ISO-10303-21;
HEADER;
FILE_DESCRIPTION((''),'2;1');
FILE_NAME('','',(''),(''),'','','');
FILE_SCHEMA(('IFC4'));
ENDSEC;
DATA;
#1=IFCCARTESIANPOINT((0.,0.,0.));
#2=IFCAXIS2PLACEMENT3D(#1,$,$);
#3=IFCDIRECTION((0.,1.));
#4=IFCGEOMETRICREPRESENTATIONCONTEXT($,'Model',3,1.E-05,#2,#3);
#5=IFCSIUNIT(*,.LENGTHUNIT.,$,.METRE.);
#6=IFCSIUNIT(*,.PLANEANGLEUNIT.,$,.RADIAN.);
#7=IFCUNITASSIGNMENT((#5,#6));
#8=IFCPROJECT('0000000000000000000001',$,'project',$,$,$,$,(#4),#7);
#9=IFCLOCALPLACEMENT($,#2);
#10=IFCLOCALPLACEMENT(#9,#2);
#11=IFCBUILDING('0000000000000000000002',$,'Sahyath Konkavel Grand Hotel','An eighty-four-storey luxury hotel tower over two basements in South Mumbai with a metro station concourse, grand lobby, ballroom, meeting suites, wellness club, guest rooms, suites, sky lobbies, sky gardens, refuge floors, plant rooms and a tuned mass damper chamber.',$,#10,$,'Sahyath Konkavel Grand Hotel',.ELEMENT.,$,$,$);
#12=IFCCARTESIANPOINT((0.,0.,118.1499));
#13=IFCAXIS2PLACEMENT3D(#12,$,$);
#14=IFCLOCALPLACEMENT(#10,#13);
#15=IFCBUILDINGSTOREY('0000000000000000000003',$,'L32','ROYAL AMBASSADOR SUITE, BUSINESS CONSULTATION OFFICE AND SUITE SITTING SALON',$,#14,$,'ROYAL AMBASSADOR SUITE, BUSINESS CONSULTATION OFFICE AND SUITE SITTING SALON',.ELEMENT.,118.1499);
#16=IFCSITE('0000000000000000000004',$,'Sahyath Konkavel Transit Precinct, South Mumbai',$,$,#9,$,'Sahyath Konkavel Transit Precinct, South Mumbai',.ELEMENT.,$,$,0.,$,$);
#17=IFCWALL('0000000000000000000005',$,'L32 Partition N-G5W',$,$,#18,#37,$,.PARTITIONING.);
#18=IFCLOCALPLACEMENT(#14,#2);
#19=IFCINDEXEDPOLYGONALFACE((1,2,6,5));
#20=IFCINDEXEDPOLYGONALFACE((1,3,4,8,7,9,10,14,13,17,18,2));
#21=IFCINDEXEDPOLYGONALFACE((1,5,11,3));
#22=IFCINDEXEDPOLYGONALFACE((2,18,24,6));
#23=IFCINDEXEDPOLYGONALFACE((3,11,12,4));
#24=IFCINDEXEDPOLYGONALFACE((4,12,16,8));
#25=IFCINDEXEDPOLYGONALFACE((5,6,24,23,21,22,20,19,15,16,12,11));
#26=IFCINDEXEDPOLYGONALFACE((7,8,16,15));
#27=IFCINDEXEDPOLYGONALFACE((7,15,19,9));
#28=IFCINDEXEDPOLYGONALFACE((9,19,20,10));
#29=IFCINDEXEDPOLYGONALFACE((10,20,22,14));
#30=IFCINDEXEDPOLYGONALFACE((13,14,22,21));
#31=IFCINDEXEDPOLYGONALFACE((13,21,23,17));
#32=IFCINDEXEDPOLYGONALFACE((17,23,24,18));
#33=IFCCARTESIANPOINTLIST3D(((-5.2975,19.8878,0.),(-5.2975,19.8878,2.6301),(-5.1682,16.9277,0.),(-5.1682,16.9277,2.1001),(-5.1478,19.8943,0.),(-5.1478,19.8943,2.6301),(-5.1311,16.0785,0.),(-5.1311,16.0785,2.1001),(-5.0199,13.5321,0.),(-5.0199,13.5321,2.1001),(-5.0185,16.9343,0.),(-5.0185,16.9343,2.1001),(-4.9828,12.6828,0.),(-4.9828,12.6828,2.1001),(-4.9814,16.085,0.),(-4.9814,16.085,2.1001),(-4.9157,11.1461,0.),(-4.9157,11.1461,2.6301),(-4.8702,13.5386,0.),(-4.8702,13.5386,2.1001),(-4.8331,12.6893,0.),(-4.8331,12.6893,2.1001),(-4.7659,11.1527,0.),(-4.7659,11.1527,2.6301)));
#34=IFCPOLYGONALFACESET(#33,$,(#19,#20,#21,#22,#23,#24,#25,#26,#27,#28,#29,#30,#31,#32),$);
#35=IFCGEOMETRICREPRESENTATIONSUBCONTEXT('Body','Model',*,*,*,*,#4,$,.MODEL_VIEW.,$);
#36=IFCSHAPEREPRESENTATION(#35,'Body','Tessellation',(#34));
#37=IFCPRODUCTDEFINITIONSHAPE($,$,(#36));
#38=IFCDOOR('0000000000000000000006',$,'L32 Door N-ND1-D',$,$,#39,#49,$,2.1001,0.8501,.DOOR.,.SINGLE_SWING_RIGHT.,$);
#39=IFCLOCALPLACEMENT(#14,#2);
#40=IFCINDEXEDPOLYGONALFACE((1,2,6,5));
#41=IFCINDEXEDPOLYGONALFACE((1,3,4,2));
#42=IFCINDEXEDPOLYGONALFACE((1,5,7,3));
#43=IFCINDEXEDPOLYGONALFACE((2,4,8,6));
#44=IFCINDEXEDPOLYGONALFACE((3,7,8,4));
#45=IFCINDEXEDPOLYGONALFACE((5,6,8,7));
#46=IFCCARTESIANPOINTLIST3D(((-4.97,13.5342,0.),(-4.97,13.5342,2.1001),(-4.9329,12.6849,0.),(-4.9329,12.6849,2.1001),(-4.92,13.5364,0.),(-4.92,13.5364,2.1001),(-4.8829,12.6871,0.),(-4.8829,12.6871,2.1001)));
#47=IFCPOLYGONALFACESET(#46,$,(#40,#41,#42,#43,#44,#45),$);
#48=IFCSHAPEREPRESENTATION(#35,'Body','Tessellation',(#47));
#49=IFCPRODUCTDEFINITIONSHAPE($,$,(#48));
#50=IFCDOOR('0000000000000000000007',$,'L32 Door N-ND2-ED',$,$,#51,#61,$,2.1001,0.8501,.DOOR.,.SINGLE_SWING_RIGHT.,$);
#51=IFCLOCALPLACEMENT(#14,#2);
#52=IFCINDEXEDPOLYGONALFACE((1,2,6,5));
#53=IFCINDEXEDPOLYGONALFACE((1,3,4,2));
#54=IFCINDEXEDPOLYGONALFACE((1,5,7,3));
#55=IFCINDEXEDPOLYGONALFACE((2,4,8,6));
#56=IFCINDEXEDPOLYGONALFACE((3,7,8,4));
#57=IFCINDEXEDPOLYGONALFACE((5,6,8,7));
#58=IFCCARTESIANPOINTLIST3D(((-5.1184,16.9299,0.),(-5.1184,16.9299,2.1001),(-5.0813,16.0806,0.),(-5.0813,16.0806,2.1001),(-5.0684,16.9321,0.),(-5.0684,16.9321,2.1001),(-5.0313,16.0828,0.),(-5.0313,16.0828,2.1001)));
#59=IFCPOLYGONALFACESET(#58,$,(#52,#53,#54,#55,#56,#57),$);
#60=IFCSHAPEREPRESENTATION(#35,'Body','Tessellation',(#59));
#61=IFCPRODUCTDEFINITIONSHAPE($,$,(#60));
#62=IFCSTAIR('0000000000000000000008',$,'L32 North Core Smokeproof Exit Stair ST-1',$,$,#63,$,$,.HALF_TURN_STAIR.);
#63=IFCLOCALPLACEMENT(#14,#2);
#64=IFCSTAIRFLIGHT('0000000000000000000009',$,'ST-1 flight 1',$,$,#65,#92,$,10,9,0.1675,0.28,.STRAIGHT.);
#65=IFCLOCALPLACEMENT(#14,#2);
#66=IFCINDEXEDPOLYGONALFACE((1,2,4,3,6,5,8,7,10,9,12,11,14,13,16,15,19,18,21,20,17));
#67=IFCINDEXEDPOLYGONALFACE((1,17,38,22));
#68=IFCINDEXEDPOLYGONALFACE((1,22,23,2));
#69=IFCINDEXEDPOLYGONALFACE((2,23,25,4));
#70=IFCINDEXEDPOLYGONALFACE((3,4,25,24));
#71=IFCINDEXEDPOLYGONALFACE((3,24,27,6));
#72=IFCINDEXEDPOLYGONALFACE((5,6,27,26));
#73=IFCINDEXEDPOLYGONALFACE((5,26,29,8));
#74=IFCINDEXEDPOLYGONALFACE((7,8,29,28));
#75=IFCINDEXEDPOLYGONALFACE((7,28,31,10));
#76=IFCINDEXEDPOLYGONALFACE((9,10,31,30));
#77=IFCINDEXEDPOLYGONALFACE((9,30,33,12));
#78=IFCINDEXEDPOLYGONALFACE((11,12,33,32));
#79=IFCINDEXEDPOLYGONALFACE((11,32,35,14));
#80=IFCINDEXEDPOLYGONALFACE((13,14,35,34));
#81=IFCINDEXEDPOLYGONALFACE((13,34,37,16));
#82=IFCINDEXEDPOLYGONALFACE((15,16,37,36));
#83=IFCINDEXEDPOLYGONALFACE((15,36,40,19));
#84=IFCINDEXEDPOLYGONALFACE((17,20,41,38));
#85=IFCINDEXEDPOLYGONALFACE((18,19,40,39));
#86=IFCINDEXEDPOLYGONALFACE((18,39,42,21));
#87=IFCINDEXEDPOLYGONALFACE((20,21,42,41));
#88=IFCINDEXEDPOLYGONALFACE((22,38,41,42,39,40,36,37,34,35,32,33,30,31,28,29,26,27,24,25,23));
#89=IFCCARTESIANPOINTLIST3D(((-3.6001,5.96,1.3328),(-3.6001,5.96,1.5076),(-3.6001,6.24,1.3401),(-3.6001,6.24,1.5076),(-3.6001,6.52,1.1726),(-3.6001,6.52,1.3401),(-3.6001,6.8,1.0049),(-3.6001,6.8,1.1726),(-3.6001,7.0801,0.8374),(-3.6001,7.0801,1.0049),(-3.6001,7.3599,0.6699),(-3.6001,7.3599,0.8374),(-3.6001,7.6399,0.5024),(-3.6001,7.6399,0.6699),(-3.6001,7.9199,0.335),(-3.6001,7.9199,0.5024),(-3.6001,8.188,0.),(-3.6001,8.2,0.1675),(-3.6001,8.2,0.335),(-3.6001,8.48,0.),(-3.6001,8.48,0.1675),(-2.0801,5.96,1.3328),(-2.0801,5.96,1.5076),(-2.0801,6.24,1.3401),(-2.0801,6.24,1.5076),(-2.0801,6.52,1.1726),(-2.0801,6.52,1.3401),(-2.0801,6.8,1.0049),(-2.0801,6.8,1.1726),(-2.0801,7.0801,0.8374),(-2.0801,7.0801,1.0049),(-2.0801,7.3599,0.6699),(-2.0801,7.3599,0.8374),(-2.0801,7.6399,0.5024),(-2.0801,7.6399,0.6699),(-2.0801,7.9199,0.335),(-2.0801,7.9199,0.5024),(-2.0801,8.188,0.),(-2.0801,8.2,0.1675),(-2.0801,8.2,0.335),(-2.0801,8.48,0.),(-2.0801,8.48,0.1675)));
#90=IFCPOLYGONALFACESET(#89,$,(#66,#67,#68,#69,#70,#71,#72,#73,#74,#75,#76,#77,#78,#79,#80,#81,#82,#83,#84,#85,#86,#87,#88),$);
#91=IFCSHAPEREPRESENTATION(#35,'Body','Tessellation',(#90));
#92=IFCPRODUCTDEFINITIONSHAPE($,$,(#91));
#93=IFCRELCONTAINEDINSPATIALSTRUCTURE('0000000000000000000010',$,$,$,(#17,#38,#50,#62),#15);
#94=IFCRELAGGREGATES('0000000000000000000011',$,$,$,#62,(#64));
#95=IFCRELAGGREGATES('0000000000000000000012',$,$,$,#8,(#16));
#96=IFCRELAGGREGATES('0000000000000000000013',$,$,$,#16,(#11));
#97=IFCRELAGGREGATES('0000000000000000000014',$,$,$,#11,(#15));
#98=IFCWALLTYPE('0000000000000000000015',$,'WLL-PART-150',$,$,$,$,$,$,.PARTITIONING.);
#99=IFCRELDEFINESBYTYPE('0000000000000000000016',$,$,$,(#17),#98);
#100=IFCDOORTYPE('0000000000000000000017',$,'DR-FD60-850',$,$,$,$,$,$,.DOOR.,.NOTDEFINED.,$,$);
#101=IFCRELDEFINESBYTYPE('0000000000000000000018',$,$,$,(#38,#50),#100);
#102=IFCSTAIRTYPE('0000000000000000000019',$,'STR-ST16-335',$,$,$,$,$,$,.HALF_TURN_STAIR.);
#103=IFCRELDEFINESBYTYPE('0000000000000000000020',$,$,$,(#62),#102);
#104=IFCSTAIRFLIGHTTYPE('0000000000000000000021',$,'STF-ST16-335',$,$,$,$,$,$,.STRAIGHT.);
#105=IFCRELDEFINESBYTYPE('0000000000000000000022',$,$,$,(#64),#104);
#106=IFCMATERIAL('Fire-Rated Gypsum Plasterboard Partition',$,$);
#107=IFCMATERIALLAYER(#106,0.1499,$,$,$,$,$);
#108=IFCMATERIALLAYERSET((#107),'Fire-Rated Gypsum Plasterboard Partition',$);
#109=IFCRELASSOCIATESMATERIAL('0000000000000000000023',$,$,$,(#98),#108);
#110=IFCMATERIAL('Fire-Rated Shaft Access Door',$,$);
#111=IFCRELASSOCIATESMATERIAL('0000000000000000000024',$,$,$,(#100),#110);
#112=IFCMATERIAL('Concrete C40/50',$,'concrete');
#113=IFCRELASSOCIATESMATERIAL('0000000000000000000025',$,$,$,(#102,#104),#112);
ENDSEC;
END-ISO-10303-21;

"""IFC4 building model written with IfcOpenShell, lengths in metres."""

from ifc_helpers import new_model, si_unit, direction, frame, frame_2d, origin, origin_2d, place, context, subcontext, project, spatial, polyline, rectangle, outline, extrude, source, transform, mapped, material, layer, layer_set, type_object, element, fill, aggregate, save


model = new_model("IFC4")

# Units and contexts
model_context = context("Model", 3, precision=1e-05, world=origin(), true_north=direction((0.0, 1.0)))
body_context = subcontext(model_context, "Body", "Model", "MODEL_VIEW")
ifc_project = project(units=[si_unit("LENGTHUNIT", "METRE"), si_unit("PLANEANGLEUNIT", "RADIAN")], contexts=[model_context])

# Site, building, storey
site_placement = place(None, origin())
site = spatial("IfcSite", under=ifc_project, at=site_placement, Name="Sahyath Konkavel Transit Precinct, South Mumbai", LongName="Sahyath Konkavel Transit Precinct, South Mumbai", CompositionType="ELEMENT", RefElevation=0.0)
building_placement = place(site_placement, origin())
building = spatial("IfcBuilding", under=site, at=building_placement, Name="Sahyath Konkavel Grand Hotel", Description="An eighty-four-storey luxury hotel tower over two basements in South Mumbai with a metro station concourse, grand lobby, ballroom, meeting suites, wellness club, guest rooms, suites, sky lobbies, sky gardens, refuge floors, plant rooms and a tuned mass damper chamber.", LongName="Sahyath Konkavel Grand Hotel", CompositionType="ELEMENT")
storey_placement = place(building_placement, frame((0.0, 0.0, 118.1499)))
storey = spatial("IfcBuildingStorey", under=building, at=storey_placement, Name="L32", Description="ROYAL AMBASSADOR SUITE, BUSINESS CONSULTATION OFFICE AND SUITE SITTING SALON", LongName="ROYAL AMBASSADOR SUITE, BUSINESS CONSULTATION OFFICE AND SUITE SITTING SALON", CompositionType="ELEMENT", Elevation=118.1499)

# Wall, openings, doors
ifc_material_1 = material(Name="Fire-Rated Gypsum Plasterboard Partition")
ifc_layer_1 = layer(ifc_material_1, 0.1499)
ifc_layer_set_1 = layer_set([ifc_layer_1], Name="Fire-Rated Gypsum Plasterboard Partition")
wall_type_1 = type_object("IfcWallType", Name="WLL-PART-150", PredefinedType="PARTITIONING", material=ifc_layer_set_1)
wall_1_placement = place(storey_placement, frame((-4.8408, 11.1494, 0.0), z_axis=(0.0, 0.0, 1.0), x_axis=(-0.043638, 0.999047, 0.0)))
wall_1 = element("IfcWall", 1, at=wall_1_placement, inside=storey, type_object=wall_type_1, Name="L32 Partition N-G5W", PredefinedType="PARTITIONING", context=body_context, shape_type="SweptSolid", body=[
    extrude(rectangle(XDim=8.75, YDim=0.1499, at=frame_2d((4.375, 0.0))), origin(), (0.0, 0.0, 1.0), 2.6301),
])
opening_1_placement = place(wall_1_placement, frame((1.5381, 0.0, 0.0)))
opening_1 = element("IfcOpeningElement", 2, at=opening_1_placement, cuts=wall_1, PredefinedType="OPENING", context=body_context, shape_type="SweptSolid", body=[
    extrude(rectangle(XDim=0.8501, YDim=2.1001, at=frame_2d((0.425, 1.05))), frame((0.0, 0.085, 0.0), z_axis=(0.0, -1.0, 0.0), x_axis=(1.0, 0.0, 0.0)), (0.0, 0.0, 1.0), 0.1699),
])
opening_2_placement = place(wall_1_placement, frame((4.937, 0.0, 0.0)))
opening_2 = element("IfcOpeningElement", 3, at=opening_2_placement, cuts=wall_1, PredefinedType="OPENING", context=body_context, shape_type="SweptSolid", body=[
    extrude(rectangle(XDim=0.8501, YDim=2.1001, at=frame_2d((0.425, 1.05))), frame((0.0, 0.085, 0.0), z_axis=(0.0, -1.0, 0.0), x_axis=(1.0, 0.0, 0.0)), (0.0, 0.0, 1.0), 0.1699),
])
ifc_material_2 = material(Name="Fire-Rated Shaft Access Door")
door_type_1 = type_object("IfcDoorType", Name="DR-FD60-850", OperationType="NOTDEFINED", PredefinedType="DOOR", material=ifc_material_2)
shared_shape_1 = source(origin(), body_context, "Body", "SweptSolid", [
    extrude(rectangle(XDim=0.8501, YDim=0.05, at=origin_2d()), origin(), (0.0, 0.0, 1.0), 2.1001),
])
door_1_placement = place(opening_1_placement, frame((0.425, 0.0, 0.0)))
door_1 = element("IfcDoor", 4, at=door_1_placement, inside=storey, type_object=door_type_1, Name="L32 Door N-ND1-D", OperationType="SINGLE_SWING_RIGHT", OverallHeight=2.1001, OverallWidth=0.8501, PredefinedType="DOOR", context=body_context, shape_type="MappedRepresentation", body=[
    mapped(shared_shape_1, transform((0.0, 0.0, 0.0), scale=1.0)),
])
fill(opening_1, door_1)
door_2_placement = place(opening_2_placement, frame((0.425, 0.0, 0.0)))
door_2 = element("IfcDoor", 5, at=door_2_placement, inside=storey, type_object=door_type_1, Name="L32 Door N-ND2-ED", OperationType="SINGLE_SWING_RIGHT", OverallHeight=2.1001, OverallWidth=0.8501, PredefinedType="DOOR", context=body_context, shape_type="MappedRepresentation", body=[
    mapped(shared_shape_1, transform((0.0, 0.0, 0.0), scale=1.0)),
])
fill(opening_2, door_2)

# Stair, stair flight
ifc_material_3 = material(Name="Concrete C40/50", Category="concrete")
stair_type = type_object("IfcStairType", Name="STR-ST16-335", PredefinedType="HALF_TURN_STAIR", material=ifc_material_3)
stair_placement = place(storey_placement, origin())
stair = element("IfcStair", 6, at=stair_placement, inside=storey, type_object=stair_type, Name="L32 North Core Smokeproof Exit Stair ST-1", PredefinedType="HALF_TURN_STAIR")
stair_flight_type = type_object("IfcStairFlightType", Name="STF-ST16-335", PredefinedType="STRAIGHT", material=ifc_material_3)
stair_flight_placement = place(storey_placement, frame((-2.8401, 8.48, 0.0), z_axis=(0.0, 0.0, 1.0), x_axis=(0.0, -1.0, 0.0)))
stair_flight = element("IfcStairFlight", 7, at=stair_flight_placement, type_object=stair_flight_type, Name="ST-1 flight 1", NumberOfRisers=10, NumberOfTreads=9, PredefinedType="STRAIGHT", RiserHeight=0.1675, TreadLength=0.28, context=body_context, shape_type="SweptSolid", body=[
    extrude(outline(polyline([(0.0, 0.0), (0.0, 0.1675), (0.28, 0.1675), (0.28, 0.335), (0.5601, 0.335), (0.5601, 0.5024), (0.8401, 0.5024), (0.8401, 0.6699), (1.1201, 0.6699), (1.1201, 0.8374), (1.3999, 0.8374), (1.3999, 1.0049), (1.6799, 1.0049), (1.6799, 1.1726), (1.96, 1.1726), (1.96, 1.3401), (2.24, 1.3401), (2.24, 1.5076), (2.52, 1.5076), (2.52, 1.675), (2.52, 1.3328), (0.292, 0.0), (0.0, 0.0)])), frame((0.0, 0.76, 0.0), z_axis=(0.0, -1.0, 0.0), x_axis=(1.0, 0.0, 0.0)), (0.0, 0.0, 1.0), 1.52),
])
aggregate(stair, [stair_flight])

save(model, "model.ifc")
